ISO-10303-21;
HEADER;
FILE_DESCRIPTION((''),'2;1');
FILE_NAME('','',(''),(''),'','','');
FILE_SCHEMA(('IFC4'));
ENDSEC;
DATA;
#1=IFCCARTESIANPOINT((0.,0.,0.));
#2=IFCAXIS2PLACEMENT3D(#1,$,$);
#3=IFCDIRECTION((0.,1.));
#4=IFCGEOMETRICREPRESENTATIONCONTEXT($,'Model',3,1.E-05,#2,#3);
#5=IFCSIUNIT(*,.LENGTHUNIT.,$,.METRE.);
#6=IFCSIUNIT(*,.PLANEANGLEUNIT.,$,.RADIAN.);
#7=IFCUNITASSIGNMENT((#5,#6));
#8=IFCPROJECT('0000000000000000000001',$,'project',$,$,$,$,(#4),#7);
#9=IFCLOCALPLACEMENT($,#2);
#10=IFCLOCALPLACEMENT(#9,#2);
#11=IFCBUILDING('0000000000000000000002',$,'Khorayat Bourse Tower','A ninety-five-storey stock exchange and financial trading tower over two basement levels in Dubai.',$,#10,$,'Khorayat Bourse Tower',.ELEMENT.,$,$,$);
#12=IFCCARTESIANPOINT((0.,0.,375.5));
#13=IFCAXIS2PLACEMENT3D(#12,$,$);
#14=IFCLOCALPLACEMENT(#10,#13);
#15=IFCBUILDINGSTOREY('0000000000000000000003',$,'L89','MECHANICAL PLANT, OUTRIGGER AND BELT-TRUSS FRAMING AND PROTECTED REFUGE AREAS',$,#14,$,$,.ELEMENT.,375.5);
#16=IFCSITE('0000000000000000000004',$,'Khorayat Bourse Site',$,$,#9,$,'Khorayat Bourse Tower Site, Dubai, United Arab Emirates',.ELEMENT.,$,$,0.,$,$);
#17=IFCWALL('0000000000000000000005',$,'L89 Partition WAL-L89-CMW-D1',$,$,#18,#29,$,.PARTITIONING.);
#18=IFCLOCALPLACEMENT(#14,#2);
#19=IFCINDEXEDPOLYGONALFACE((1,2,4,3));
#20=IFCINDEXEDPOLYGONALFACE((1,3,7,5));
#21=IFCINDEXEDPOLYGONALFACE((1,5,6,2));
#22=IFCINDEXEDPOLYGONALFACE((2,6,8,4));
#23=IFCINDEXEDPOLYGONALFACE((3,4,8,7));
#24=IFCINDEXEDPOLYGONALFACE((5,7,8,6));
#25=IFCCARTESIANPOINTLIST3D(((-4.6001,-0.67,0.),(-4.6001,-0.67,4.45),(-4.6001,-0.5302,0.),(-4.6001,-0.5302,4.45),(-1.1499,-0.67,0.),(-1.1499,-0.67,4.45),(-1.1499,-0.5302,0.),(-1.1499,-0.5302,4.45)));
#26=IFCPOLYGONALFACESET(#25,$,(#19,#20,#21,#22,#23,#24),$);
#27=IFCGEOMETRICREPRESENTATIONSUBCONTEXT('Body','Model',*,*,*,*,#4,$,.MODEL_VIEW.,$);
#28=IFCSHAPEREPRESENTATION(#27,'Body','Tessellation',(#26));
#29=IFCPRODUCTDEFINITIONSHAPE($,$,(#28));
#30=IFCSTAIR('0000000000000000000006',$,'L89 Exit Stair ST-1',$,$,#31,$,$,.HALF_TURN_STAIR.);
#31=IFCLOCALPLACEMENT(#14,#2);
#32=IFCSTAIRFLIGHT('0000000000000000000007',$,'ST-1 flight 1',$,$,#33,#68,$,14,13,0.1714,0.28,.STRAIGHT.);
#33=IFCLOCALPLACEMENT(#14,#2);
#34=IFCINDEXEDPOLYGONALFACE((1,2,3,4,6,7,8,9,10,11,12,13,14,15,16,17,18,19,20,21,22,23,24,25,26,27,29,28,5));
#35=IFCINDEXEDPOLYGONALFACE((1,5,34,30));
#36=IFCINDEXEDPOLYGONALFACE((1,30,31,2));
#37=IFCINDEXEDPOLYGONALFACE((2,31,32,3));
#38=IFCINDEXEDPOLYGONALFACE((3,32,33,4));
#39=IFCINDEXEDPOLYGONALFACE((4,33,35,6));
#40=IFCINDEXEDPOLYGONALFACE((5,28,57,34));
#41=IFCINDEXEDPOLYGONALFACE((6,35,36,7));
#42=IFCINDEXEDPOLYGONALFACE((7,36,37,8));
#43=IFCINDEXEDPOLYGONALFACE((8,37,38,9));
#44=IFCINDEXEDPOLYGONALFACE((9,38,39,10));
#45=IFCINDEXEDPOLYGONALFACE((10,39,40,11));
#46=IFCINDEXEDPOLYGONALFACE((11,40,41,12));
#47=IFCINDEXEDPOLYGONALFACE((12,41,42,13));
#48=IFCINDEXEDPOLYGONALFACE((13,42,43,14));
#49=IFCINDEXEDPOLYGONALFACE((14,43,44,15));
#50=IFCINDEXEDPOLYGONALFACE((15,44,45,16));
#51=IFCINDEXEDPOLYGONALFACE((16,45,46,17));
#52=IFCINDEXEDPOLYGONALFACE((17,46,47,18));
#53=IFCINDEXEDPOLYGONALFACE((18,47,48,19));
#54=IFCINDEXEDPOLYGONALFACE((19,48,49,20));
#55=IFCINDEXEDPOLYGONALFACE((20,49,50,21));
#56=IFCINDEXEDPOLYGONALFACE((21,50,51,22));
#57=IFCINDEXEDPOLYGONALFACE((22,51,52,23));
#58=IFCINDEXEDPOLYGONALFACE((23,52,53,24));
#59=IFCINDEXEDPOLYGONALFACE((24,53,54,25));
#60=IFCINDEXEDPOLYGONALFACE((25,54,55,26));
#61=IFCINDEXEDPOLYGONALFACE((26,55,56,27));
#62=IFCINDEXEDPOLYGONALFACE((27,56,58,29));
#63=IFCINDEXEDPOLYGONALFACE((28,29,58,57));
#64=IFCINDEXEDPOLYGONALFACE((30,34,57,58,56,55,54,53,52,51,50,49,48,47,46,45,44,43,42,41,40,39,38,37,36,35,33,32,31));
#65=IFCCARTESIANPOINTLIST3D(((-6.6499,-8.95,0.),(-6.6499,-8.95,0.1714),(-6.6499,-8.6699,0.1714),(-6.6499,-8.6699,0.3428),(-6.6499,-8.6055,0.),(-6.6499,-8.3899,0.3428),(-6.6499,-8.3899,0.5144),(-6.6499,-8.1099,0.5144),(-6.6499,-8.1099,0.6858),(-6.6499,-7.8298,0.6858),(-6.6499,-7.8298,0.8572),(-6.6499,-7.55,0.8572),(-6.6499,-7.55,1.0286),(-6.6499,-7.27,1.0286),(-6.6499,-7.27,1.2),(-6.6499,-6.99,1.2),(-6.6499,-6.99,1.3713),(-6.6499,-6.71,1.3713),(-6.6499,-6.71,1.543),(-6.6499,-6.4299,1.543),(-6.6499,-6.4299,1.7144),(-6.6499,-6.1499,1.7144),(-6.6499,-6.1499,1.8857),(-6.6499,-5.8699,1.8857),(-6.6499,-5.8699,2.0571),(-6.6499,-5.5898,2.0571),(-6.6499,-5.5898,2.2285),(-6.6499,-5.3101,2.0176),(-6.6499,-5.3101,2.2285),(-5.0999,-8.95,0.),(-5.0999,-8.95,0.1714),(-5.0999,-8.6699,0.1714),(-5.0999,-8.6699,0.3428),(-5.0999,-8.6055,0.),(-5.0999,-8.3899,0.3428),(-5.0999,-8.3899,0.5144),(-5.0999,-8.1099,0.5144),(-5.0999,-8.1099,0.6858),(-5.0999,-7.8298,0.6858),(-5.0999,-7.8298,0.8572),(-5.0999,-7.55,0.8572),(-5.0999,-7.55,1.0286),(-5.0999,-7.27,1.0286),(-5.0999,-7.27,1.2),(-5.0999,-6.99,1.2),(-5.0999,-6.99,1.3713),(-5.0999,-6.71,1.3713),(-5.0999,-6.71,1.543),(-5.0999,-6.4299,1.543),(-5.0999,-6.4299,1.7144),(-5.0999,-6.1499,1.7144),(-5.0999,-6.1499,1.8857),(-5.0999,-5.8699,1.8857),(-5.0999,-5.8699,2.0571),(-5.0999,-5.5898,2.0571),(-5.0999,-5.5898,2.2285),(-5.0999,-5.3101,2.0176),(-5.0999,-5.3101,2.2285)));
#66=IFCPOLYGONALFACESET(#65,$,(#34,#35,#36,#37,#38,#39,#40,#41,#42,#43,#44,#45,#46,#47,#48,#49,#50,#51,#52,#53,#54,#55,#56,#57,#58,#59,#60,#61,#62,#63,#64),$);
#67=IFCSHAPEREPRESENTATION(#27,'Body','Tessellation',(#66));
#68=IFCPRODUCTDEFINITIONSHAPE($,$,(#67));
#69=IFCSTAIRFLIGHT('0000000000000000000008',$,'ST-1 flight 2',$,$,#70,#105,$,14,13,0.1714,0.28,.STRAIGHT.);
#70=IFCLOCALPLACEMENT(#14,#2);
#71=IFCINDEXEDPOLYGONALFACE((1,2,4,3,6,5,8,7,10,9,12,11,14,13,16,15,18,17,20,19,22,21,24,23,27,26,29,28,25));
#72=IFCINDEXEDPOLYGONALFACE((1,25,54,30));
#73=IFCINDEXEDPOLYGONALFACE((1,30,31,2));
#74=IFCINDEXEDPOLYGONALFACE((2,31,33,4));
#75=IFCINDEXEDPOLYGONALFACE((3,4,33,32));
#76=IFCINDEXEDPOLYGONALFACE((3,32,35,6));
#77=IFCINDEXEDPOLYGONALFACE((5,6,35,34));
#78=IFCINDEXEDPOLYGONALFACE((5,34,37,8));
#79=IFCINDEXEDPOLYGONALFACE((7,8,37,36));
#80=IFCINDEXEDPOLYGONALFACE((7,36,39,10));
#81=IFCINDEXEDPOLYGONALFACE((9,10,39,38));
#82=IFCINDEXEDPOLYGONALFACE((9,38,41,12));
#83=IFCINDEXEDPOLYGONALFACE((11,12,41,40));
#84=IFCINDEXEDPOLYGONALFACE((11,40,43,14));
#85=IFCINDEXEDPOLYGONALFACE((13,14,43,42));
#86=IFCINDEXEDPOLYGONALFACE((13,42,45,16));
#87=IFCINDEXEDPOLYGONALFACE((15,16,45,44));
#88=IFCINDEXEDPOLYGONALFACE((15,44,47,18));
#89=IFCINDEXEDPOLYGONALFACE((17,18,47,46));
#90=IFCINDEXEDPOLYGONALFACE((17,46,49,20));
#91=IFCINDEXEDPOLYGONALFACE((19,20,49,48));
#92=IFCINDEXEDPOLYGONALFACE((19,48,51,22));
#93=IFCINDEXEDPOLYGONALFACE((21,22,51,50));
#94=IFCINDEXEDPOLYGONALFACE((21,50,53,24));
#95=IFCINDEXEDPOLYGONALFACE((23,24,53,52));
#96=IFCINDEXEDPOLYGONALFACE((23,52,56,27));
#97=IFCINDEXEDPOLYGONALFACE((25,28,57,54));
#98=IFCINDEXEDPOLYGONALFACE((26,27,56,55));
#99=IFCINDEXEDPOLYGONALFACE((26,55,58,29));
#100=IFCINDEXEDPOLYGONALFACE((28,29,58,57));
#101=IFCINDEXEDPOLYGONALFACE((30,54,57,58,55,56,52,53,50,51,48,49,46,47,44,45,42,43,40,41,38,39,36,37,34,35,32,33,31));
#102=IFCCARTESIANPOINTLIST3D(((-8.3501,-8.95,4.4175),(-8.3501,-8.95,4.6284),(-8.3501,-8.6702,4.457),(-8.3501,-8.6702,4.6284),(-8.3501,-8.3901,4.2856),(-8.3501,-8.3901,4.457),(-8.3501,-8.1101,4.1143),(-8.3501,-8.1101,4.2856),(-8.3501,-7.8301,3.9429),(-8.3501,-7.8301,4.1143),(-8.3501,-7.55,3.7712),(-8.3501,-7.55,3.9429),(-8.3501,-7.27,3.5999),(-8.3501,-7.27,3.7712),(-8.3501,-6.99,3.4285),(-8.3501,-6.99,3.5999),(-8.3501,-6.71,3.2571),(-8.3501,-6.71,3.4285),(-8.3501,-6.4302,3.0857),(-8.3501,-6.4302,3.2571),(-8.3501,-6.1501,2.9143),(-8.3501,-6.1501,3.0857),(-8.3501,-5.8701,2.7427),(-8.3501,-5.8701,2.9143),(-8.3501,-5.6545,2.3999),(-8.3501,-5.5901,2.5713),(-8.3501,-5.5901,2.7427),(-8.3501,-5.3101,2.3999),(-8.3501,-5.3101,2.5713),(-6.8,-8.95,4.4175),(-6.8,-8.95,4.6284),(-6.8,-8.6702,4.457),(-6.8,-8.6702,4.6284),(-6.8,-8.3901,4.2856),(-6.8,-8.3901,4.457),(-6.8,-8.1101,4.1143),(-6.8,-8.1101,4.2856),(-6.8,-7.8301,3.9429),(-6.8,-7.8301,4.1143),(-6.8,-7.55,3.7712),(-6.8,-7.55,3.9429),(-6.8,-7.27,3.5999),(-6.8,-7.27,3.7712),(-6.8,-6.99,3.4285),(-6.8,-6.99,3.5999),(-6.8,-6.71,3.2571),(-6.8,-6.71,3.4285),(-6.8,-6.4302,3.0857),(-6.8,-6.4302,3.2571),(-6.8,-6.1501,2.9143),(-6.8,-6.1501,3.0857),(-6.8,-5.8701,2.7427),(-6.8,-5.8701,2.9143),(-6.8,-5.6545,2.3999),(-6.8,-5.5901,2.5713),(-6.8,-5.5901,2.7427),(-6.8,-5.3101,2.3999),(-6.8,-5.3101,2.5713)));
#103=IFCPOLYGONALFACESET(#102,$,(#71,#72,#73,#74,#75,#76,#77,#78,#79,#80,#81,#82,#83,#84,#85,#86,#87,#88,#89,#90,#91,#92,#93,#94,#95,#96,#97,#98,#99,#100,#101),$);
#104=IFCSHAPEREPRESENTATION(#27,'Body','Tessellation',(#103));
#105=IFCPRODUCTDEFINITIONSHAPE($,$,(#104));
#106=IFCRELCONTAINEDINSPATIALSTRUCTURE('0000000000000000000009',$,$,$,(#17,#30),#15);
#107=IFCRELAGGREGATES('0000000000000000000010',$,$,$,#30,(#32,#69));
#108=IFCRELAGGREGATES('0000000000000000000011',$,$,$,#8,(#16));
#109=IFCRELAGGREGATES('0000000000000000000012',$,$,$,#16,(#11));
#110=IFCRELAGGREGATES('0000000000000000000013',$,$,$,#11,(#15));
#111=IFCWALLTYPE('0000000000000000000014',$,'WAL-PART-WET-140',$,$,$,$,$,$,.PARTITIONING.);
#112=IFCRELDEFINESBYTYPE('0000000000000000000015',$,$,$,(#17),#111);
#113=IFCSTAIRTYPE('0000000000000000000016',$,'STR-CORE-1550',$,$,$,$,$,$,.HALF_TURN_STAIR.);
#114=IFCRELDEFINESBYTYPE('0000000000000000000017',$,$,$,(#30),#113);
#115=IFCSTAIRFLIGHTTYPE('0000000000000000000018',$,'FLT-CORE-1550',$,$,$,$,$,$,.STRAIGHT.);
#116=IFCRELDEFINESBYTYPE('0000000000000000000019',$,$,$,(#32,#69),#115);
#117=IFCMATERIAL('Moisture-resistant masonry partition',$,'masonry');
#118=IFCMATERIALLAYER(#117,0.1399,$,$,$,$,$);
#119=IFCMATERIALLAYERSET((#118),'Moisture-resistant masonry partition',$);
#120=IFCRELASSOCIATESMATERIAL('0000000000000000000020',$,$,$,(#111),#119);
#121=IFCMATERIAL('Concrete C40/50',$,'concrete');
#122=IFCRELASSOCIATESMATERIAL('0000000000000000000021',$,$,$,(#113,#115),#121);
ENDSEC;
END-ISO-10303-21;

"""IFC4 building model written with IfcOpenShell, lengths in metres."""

from ifc_helpers import new_model, si_unit, direction, frame, frame_2d, origin, place, context, subcontext, project, spatial, polyline, rectangle, outline, extrude, source, transform, mapped, material, layer, layer_set, type_object, element, aggregate, save


model = new_model("IFC4")

# Units and contexts
model_context = context("Model", 3, precision=1e-05, world=origin(), true_north=direction((0.0, 1.0)))
body_context = subcontext(model_context, "Body", "Model", "MODEL_VIEW")
ifc_project = project(units=[si_unit("LENGTHUNIT", "METRE"), si_unit("PLANEANGLEUNIT", "RADIAN")], contexts=[model_context])

# Site, building, storey
site_placement = place(None, origin())
site = spatial("IfcSite", under=ifc_project, at=site_placement, Name="Khorayat Bourse Site", LongName="Khorayat Bourse Tower Site, Dubai, United Arab Emirates", CompositionType="ELEMENT", RefElevation=0.0)
building_placement = place(site_placement, origin())
building = spatial("IfcBuilding", under=site, at=building_placement, Name="Khorayat Bourse Tower", Description="A ninety-five-storey stock exchange and financial trading tower over two basement levels in Dubai.", LongName="Khorayat Bourse Tower", CompositionType="ELEMENT")
storey_placement = place(building_placement, frame((0.0, 0.0, 375.5)))
storey = spatial("IfcBuildingStorey", under=building, at=storey_placement, Name="L89", Description="MECHANICAL PLANT, OUTRIGGER AND BELT-TRUSS FRAMING AND PROTECTED REFUGE AREAS", CompositionType="ELEMENT", Elevation=375.5)

# Wall
ifc_material_1 = material(Name="Moisture-resistant masonry partition", Category="masonry")
ifc_layer_1 = layer(ifc_material_1, 0.1399)
ifc_layer_set_1 = layer_set([ifc_layer_1], Name="Moisture-resistant masonry partition")
wall_type_1 = type_object("IfcWallType", Name="WAL-PART-WET-140", PredefinedType="PARTITIONING", material=ifc_layer_set_1)
shared_shape_1 = source(origin(), body_context, "Body", "SweptSolid", [
    extrude(rectangle(XDim=3.4502, YDim=0.1399, at=frame_2d((1.7251, 0.0))), origin(), (0.0, 0.0, 1.0), 4.45),
])
for number, where, z_axis, x_axis, name in (
    (1, (-4.6001, -0.6001, 0.0), (0.0, 0.0, 1.0), (1.0, 0.0, 0.0), "L89 Partition WAL-L89-CMW-D1"),
):
    element("IfcWall", number, at=place(storey_placement, frame(where, z_axis=z_axis, x_axis=x_axis)), inside=storey, type_object=wall_type_1, Name=name, PredefinedType="PARTITIONING", context=body_context, shape_type="MappedRepresentation", body=[
        mapped(shared_shape_1, transform((0.0, 0.0, 0.0), scale=1.0)),
    ])

# Stair, stair flights
ifc_material_2 = material(Name="Concrete C40/50", Category="concrete")
stair_type = type_object("IfcStairType", Name="STR-CORE-1550", PredefinedType="HALF_TURN_STAIR", material=ifc_material_2)
stair_placement = place(storey_placement, origin())
stair = element("IfcStair", 2, at=stair_placement, inside=storey, type_object=stair_type, Name="L89 Exit Stair ST-1", PredefinedType="HALF_TURN_STAIR")
stair_flight_type = type_object("IfcStairFlightType", Name="FLT-CORE-1550", PredefinedType="STRAIGHT", material=ifc_material_2)
shared_shape_2 = source(origin(), body_context, "Body", "SweptSolid", [
    extrude(outline(polyline([(0.0, 0.0), (0.0, 0.1714), (0.28, 0.1714), (0.28, 0.3428), (0.5601, 0.3428), (0.5601, 0.5144), (0.8401, 0.5144), (0.8401, 0.6858), (1.1201, 0.6858), (1.1201, 0.8572), (1.3999, 0.8572), (1.3999, 1.0286), (1.6799, 1.0286), (1.6799, 1.2), (1.96, 1.2), (1.96, 1.3713), (2.24, 1.3713), (2.24, 1.543), (2.52, 1.543), (2.52, 1.7144), (2.8, 1.7144), (2.8, 1.8857), (3.0801, 1.8857), (3.0801, 2.0571), (3.3601, 2.0571), (3.3601, 2.2285), (3.6399, 2.2285), (3.6399, 2.3999), (3.6399, 2.0176), (0.3445, 0.0), (0.0, 0.0)])), frame((0.0, 0.7749, 0.0), z_axis=(0.0, -1.0, 0.0), x_axis=(1.0, 0.0, 0.0)), (0.0, 0.0, 1.0), 1.55),
])
stair_flight_1_placement = place(storey_placement, frame((-5.875, -8.95, 0.0), z_axis=(0.0, 0.0, 1.0), x_axis=(0.0, 1.0, 0.0)))
stair_flight_1 = element("IfcStairFlight", 3, at=stair_flight_1_placement, type_object=stair_flight_type, Name="ST-1 flight 1", NumberOfRisers=14, NumberOfTreads=13, PredefinedType="STRAIGHT", RiserHeight=0.1714, TreadLength=0.28, context=body_context, shape_type="MappedRepresentation", body=[
    mapped(shared_shape_2, transform((0.0, 0.0, 0.0), scale=1.0)),
])
stair_flight_2_placement = place(storey_placement, frame((-7.575, -5.3101, 2.3999), z_axis=(0.0, 0.0, 1.0), x_axis=(0.0, -1.0, 0.0)))
stair_flight_2 = element("IfcStairFlight", 4, at=stair_flight_2_placement, type_object=stair_flight_type, Name="ST-1 flight 2", NumberOfRisers=14, NumberOfTreads=13, PredefinedType="STRAIGHT", RiserHeight=0.1714, TreadLength=0.28, context=body_context, shape_type="MappedRepresentation", body=[
    mapped(shared_shape_2, transform((0.0, 0.0, 0.0), scale=1.0)),
])
aggregate(stair, [stair_flight_1, stair_flight_2])

save(model, "model.ifc")
